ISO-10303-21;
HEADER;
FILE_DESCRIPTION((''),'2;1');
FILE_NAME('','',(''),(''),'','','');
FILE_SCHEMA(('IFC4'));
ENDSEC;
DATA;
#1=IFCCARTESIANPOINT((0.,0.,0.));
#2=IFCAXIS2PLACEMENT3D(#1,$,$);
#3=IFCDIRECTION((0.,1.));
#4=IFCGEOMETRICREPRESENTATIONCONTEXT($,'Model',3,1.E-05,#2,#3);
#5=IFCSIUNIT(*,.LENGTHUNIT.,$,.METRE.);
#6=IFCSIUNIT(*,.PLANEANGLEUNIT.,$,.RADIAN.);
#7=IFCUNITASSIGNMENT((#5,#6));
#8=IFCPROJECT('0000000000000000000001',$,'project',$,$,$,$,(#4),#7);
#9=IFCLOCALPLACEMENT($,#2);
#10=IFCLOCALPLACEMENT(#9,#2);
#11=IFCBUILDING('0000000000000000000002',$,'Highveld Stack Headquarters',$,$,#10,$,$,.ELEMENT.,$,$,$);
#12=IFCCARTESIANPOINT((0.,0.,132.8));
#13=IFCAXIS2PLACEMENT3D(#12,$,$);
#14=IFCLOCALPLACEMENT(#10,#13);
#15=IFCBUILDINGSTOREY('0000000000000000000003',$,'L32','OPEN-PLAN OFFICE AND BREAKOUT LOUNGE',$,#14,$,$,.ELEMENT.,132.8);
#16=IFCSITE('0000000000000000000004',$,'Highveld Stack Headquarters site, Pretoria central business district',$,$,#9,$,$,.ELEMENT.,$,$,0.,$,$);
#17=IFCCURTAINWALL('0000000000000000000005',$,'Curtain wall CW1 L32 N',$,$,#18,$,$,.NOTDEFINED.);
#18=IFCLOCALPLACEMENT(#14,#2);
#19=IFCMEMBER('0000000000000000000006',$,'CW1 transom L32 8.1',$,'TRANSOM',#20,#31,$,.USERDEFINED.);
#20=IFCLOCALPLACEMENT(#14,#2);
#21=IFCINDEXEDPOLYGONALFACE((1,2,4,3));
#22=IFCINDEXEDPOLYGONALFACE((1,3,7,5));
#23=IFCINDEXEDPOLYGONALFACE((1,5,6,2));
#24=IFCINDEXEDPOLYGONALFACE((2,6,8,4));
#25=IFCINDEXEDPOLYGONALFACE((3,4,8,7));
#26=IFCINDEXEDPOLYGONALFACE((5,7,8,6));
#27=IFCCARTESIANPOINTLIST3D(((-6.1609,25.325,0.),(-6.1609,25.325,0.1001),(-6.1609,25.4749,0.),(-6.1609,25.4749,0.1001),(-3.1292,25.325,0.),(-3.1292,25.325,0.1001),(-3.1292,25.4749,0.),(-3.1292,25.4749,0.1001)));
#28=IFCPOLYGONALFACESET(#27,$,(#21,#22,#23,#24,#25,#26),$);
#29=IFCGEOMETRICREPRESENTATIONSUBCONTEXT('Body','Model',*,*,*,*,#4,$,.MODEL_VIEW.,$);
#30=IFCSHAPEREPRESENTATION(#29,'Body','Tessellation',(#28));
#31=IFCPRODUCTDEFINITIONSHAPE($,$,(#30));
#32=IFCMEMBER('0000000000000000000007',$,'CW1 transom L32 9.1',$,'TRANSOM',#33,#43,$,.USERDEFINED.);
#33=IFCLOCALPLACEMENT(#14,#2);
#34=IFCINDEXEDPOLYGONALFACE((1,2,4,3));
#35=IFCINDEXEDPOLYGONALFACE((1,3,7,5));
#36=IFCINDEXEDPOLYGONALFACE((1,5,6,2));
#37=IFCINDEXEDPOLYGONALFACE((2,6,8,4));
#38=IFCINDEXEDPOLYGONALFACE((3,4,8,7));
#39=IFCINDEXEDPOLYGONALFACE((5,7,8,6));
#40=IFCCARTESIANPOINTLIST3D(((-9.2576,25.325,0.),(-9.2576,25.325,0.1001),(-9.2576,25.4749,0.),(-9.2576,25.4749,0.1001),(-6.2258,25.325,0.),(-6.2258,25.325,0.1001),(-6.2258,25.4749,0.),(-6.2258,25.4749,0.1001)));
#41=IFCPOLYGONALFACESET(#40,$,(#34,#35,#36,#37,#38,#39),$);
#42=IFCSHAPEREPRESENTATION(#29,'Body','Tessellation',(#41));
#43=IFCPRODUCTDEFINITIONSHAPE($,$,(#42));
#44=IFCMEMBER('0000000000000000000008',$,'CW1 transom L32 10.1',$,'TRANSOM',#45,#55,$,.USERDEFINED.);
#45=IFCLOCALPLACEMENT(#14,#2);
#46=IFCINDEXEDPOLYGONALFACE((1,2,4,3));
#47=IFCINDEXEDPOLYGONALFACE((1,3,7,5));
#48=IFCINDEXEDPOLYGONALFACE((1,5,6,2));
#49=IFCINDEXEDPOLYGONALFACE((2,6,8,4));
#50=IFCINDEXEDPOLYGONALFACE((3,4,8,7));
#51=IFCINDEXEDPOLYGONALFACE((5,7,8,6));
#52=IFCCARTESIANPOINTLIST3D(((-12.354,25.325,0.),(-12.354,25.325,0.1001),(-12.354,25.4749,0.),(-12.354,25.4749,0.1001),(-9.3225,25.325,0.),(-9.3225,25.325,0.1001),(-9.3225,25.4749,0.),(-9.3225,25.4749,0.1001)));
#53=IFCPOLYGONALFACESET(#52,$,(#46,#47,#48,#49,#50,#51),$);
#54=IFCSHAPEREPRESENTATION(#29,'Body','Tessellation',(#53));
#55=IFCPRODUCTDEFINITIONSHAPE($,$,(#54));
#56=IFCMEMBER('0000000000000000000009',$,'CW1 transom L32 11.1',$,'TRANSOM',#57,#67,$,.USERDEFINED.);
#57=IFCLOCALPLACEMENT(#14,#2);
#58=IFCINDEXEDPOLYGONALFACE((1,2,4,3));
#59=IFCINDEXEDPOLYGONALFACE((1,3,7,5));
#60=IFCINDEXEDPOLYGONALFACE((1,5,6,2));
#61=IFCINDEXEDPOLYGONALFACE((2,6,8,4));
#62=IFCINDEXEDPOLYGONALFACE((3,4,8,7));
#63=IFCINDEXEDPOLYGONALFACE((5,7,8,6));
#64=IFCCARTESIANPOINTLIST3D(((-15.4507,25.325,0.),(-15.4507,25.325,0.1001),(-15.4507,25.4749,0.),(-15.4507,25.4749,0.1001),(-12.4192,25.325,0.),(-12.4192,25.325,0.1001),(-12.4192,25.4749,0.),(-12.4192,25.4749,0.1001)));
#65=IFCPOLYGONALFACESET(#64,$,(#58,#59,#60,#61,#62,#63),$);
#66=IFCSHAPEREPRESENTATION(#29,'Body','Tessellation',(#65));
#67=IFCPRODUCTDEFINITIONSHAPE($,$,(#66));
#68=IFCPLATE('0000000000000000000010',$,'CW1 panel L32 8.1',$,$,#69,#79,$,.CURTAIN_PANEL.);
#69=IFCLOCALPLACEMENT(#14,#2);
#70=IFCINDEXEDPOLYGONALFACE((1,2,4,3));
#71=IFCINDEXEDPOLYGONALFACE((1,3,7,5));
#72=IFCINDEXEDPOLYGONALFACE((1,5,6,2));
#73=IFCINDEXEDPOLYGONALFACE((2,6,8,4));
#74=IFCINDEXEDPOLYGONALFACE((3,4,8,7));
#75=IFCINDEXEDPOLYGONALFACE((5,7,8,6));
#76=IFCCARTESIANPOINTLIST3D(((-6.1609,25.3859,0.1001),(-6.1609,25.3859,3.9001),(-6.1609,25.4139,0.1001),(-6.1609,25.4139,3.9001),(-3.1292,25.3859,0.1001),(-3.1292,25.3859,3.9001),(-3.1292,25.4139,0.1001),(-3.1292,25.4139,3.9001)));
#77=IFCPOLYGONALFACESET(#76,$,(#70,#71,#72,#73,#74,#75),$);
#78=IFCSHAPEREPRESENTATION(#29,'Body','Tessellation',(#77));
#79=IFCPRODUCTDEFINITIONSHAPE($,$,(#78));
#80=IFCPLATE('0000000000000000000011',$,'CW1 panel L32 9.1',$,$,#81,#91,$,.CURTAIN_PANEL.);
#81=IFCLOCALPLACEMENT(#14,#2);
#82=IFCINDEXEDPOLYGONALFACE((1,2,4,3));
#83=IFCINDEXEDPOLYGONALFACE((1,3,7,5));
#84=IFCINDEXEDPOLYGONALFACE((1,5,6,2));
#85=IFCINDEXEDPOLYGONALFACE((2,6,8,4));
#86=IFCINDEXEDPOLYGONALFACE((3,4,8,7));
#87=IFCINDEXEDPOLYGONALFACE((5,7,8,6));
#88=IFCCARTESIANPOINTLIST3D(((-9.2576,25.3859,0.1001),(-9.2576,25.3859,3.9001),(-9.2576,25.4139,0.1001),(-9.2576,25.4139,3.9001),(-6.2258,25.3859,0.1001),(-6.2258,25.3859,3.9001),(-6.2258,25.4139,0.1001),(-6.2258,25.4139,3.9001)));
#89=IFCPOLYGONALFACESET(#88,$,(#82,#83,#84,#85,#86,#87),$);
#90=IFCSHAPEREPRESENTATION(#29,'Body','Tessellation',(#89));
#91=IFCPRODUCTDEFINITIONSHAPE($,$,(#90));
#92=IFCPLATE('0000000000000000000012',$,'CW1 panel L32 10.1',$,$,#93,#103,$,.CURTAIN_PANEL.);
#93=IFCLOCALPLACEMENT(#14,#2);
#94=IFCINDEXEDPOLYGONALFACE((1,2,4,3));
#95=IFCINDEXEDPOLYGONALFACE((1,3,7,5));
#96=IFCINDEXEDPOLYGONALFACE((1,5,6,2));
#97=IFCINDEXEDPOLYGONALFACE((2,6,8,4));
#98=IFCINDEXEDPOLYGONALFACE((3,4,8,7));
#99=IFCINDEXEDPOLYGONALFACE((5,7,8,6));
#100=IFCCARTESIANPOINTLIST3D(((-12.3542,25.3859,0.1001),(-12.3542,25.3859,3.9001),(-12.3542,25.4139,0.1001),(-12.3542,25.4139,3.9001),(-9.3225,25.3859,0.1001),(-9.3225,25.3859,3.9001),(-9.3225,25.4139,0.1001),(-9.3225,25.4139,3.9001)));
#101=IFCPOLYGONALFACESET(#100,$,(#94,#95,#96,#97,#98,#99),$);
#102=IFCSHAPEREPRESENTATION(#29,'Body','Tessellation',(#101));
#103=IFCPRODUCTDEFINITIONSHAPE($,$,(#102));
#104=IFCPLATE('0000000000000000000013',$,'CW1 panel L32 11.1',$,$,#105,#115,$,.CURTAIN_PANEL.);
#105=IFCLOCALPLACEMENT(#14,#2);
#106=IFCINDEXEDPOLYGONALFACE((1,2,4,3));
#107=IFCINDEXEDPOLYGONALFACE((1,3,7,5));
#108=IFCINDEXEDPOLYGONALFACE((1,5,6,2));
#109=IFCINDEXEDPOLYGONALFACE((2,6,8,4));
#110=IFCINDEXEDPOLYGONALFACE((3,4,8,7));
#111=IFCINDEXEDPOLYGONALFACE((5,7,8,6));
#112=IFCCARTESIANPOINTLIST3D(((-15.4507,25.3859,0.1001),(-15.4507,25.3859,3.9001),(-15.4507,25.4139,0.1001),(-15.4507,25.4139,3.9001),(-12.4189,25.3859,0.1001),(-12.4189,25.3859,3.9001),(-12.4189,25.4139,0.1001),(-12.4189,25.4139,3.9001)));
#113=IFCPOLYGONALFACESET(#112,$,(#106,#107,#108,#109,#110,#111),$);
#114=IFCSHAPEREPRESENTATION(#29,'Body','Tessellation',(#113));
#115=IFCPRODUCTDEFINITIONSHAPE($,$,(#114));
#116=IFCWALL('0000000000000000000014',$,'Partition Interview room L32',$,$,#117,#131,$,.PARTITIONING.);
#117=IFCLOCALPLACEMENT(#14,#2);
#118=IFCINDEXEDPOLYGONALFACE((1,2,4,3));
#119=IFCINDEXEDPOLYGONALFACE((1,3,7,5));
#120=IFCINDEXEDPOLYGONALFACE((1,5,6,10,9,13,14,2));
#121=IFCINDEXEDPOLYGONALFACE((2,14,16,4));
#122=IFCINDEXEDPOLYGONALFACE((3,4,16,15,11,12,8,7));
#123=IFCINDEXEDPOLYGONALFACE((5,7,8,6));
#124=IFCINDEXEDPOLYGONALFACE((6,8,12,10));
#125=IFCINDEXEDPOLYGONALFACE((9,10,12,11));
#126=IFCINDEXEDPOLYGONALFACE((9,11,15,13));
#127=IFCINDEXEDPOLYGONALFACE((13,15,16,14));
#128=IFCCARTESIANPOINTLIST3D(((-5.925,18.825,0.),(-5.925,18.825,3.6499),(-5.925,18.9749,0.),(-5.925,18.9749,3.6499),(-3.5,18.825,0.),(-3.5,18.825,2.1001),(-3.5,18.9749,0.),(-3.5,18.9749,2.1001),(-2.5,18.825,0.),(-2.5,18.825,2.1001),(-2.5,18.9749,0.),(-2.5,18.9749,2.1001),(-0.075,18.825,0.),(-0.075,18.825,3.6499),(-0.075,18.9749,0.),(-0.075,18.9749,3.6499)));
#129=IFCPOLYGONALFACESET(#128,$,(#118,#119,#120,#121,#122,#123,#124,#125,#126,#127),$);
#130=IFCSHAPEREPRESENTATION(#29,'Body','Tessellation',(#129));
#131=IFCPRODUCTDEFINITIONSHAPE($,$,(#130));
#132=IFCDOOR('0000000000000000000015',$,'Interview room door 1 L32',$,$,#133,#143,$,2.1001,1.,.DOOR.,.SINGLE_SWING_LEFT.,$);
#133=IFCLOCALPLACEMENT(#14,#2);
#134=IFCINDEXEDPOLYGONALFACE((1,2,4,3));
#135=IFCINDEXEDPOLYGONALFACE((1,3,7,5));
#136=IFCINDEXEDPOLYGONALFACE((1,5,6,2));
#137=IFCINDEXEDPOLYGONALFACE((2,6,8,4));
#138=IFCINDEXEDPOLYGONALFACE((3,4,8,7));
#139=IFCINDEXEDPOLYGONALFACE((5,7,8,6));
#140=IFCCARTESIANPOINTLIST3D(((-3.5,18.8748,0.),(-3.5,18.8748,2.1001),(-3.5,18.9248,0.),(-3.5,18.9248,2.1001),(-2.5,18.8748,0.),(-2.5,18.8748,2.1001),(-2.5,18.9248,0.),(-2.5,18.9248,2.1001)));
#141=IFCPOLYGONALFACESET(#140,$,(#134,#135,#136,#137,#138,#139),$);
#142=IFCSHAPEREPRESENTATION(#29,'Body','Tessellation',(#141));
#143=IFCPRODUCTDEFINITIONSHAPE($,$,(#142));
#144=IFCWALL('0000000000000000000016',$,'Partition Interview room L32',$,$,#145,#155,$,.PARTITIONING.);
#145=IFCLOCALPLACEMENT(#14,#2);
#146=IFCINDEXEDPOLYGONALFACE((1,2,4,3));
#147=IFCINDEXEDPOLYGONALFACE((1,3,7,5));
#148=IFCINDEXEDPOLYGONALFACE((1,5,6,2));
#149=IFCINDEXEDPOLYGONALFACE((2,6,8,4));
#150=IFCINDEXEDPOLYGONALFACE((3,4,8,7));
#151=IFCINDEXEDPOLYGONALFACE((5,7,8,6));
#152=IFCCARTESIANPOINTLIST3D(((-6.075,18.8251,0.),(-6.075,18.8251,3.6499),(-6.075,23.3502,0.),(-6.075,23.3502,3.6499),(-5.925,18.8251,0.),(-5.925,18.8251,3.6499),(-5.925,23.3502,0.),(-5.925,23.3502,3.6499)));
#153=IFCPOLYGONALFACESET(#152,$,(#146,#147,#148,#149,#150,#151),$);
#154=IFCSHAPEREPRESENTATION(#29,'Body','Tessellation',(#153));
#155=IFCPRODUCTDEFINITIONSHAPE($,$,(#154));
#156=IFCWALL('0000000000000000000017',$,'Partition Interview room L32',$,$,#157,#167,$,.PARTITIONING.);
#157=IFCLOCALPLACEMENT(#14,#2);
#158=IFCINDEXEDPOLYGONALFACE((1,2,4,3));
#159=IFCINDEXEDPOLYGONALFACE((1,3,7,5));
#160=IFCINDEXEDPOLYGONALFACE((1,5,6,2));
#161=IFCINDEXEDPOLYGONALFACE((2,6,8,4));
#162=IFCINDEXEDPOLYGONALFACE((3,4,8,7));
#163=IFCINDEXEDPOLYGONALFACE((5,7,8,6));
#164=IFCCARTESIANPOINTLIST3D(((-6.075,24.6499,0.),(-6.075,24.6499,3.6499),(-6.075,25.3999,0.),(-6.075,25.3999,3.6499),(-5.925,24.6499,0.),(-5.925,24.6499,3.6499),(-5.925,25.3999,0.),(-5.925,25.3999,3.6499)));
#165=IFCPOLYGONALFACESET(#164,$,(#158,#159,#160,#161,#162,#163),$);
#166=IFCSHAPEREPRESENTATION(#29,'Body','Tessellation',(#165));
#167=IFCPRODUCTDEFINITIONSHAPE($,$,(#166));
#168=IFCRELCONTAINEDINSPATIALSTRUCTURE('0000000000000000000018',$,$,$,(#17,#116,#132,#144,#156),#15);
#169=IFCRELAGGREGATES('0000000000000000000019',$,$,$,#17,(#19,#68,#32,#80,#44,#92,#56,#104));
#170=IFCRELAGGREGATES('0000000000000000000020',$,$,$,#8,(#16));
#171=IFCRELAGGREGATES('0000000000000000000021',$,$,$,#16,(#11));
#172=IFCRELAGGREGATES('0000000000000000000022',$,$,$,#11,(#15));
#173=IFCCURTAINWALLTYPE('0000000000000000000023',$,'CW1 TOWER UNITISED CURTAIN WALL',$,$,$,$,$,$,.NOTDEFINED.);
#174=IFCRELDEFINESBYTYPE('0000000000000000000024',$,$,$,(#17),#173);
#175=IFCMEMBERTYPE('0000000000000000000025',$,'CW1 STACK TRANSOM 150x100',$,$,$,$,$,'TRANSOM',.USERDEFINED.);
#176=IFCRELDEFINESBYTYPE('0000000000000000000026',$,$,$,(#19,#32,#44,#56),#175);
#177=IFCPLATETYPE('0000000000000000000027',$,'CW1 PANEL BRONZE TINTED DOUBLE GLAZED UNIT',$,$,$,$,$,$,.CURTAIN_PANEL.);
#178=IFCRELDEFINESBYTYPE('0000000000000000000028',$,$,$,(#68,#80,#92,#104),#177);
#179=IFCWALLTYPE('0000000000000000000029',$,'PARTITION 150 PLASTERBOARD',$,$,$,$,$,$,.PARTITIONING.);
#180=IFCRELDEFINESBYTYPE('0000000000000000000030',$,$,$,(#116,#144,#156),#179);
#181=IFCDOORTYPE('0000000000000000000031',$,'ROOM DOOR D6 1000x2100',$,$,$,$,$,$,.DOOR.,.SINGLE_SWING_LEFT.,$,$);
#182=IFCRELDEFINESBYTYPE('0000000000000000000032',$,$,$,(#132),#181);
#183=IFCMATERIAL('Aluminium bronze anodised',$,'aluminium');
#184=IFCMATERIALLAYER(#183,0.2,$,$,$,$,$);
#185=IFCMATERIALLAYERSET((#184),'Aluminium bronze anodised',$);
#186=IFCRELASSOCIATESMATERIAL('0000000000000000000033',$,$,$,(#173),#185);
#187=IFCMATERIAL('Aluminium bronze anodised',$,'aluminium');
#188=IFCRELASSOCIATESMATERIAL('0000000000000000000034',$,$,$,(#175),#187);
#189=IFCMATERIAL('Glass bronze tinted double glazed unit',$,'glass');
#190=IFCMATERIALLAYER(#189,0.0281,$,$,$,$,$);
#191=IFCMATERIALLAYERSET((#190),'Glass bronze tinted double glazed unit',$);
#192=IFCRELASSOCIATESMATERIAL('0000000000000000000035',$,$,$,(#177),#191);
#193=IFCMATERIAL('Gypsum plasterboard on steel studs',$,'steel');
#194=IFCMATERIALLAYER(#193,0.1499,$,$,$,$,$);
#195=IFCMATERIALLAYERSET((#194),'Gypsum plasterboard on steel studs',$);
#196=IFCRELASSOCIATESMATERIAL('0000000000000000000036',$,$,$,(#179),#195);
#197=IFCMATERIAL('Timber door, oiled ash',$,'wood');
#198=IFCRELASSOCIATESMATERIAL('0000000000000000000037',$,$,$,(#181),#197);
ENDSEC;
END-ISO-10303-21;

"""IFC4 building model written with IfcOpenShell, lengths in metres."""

from ifc_helpers import new_model, si_unit, direction, frame, frame_2d, origin, origin_2d, place, context, subcontext, project, spatial, rectangle, extrude, material, layer, layer_set, material_profile, profile_set, type_object, element, fill, aggregate, save


model = new_model("IFC4")

# Units and contexts
model_context = context("Model", 3, precision=1e-05, world=origin(), true_north=direction((0.0, 1.0)))
body_context = subcontext(model_context, "Body", "Model", "MODEL_VIEW")
ifc_project = project(units=[si_unit("LENGTHUNIT", "METRE"), si_unit("PLANEANGLEUNIT", "RADIAN")], contexts=[model_context])

# Site, building, storey
site_placement = place(None, origin())
site = spatial("IfcSite", under=ifc_project, at=site_placement, Name="Highveld Stack Headquarters site, Pretoria central business district", CompositionType="ELEMENT", RefElevation=0.0)
building_placement = place(site_placement, origin())
building = spatial("IfcBuilding", under=site, at=building_placement, Name="Highveld Stack Headquarters", CompositionType="ELEMENT")
storey_placement = place(building_placement, frame((0.0, 0.0, 132.8)))
storey = spatial("IfcBuildingStorey", under=building, at=storey_placement, Name="L32", Description="OPEN-PLAN OFFICE AND BREAKOUT LOUNGE", CompositionType="ELEMENT", Elevation=132.8)

# Curtain wall, members, plates
ifc_material_1 = material(Name="Aluminium bronze anodised", Category="aluminium")
ifc_layer_1 = layer(ifc_material_1, 0.2)
ifc_layer_set_1 = layer_set([ifc_layer_1], Name="Aluminium bronze anodised")
curtain_wall_type = type_object("IfcCurtainWallType", Name="CW1 TOWER UNITISED CURTAIN WALL", PredefinedType="NOTDEFINED", material=ifc_layer_set_1)
curtain_wall_placement = place(storey_placement, origin())
curtain_wall = element("IfcCurtainWall", 1, at=curtain_wall_placement, inside=storey, type_object=curtain_wall_type, Name="Curtain wall CW1 L32 N", PredefinedType="NOTDEFINED")
ifc_material_2 = material(Name="Aluminium bronze anodised", Category="aluminium")
ifc_material_profile_1 = material_profile(ifc_material_2, rectangle(XDim=0.1499, YDim=0.1001, at=origin_2d()), Name="CW1 TRANSOM 150x100")
ifc_profile_set_1 = profile_set([ifc_material_profile_1], Name="Aluminium bronze anodised")
member_type_1 = type_object("IfcMemberType", Name="CW1 STACK TRANSOM 150x100", ElementType="TRANSOM", PredefinedType="USERDEFINED", material=ifc_profile_set_1)
member_1_placement = place(storey_placement, frame((-3.1292, 25.3999, 0.05), z_axis=(-1.0, 0.0, 0.0), x_axis=(0.0, -1.0, 0.0)))
member_1 = element("IfcMember", 2, at=member_1_placement, type_object=member_type_1, Name="CW1 transom L32 8.1", ObjectType="TRANSOM", PredefinedType="USERDEFINED", context=body_context, shape_type="SweptSolid", body=[
    extrude(rectangle(XDim=0.1499, YDim=0.1001, at=origin_2d()), origin(), (0.0, 0.0, 1.0), 3.0317),
])
member_2_placement = place(storey_placement, frame((-6.2258, 25.3999, 0.05), z_axis=(-1.0, 0.0, 0.0), x_axis=(0.0, -1.0, 0.0)))
member_2 = element("IfcMember", 3, at=member_2_placement, type_object=member_type_1, Name="CW1 transom L32 9.1", ObjectType="TRANSOM", PredefinedType="USERDEFINED", context=body_context, shape_type="SweptSolid", body=[
    extrude(rectangle(XDim=0.1499, YDim=0.1001, at=origin_2d()), origin(), (0.0, 0.0, 1.0), 3.0317),
])
member_3_placement = place(storey_placement, frame((-9.3225, 25.3999, 0.05), z_axis=(-1.0, 0.0, 0.0), x_axis=(0.0, -1.0, 0.0)))
member_3 = element("IfcMember", 4, at=member_3_placement, type_object=member_type_1, Name="CW1 transom L32 10.1", ObjectType="TRANSOM", PredefinedType="USERDEFINED", context=body_context, shape_type="SweptSolid", body=[
    extrude(rectangle(XDim=0.1499, YDim=0.1001, at=origin_2d()), origin(), (0.0, 0.0, 1.0), 3.0315),
])
member_4_placement = place(storey_placement, frame((-12.4192, 25.3999, 0.05), z_axis=(-1.0, 0.0, 0.0), x_axis=(0.0, -1.0, 0.0)))
member_4 = element("IfcMember", 5, at=member_4_placement, type_object=member_type_1, Name="CW1 transom L32 11.1", ObjectType="TRANSOM", PredefinedType="USERDEFINED", context=body_context, shape_type="SweptSolid", body=[
    extrude(rectangle(XDim=0.1499, YDim=0.1001, at=origin_2d()), origin(), (0.0, 0.0, 1.0), 3.0315),
])
ifc_material_3 = material(Name="Glass bronze tinted double glazed unit", Category="glass")
ifc_layer_2 = layer(ifc_material_3, 0.0281)
ifc_layer_set_2 = layer_set([ifc_layer_2], Name="Glass bronze tinted double glazed unit")
plate_type = type_object("IfcPlateType", Name="CW1 PANEL BRONZE TINTED DOUBLE GLAZED UNIT", PredefinedType="CURTAIN_PANEL", material=ifc_layer_set_2)
plate_1_placement = place(storey_placement, frame((-4.645, 25.3999, 0.1001), z_axis=(0.0, 0.0, 1.0), x_axis=(-1.0, 0.0, 0.0)))
plate_1 = element("IfcPlate", 6, at=plate_1_placement, type_object=plate_type, Name="CW1 panel L32 8.1", PredefinedType="CURTAIN_PANEL", context=body_context, shape_type="SweptSolid", body=[
    extrude(rectangle(XDim=3.0317, YDim=0.0281, at=origin_2d()), origin(), (0.0, 0.0, 1.0), 3.8),
])
plate_2_placement = place(storey_placement, frame((-7.7417, 25.3999, 0.1001), z_axis=(0.0, 0.0, 1.0), x_axis=(-1.0, 0.0, 0.0)))
plate_2 = element("IfcPlate", 7, at=plate_2_placement, type_object=plate_type, Name="CW1 panel L32 9.1", PredefinedType="CURTAIN_PANEL", context=body_context, shape_type="SweptSolid", body=[
    extrude(rectangle(XDim=3.0317, YDim=0.0281, at=origin_2d()), origin(), (0.0, 0.0, 1.0), 3.8),
])
plate_3_placement = place(storey_placement, frame((-10.8384, 25.3999, 0.1001), z_axis=(0.0, 0.0, 1.0), x_axis=(-1.0, 0.0, 0.0)))
plate_3 = element("IfcPlate", 8, at=plate_3_placement, type_object=plate_type, Name="CW1 panel L32 10.1", PredefinedType="CURTAIN_PANEL", context=body_context, shape_type="SweptSolid", body=[
    extrude(rectangle(XDim=3.0317, YDim=0.0281, at=origin_2d()), origin(), (0.0, 0.0, 1.0), 3.8),
])
plate_4_placement = place(storey_placement, frame((-13.9348, 25.3999, 0.1001), z_axis=(0.0, 0.0, 1.0), x_axis=(-1.0, 0.0, 0.0)))
plate_4 = element("IfcPlate", 9, at=plate_4_placement, type_object=plate_type, Name="CW1 panel L32 11.1", PredefinedType="CURTAIN_PANEL", context=body_context, shape_type="SweptSolid", body=[
    extrude(rectangle(XDim=3.0317, YDim=0.0281, at=origin_2d()), origin(), (0.0, 0.0, 1.0), 3.8),
])
aggregate(curtain_wall, [member_1, plate_1, member_2, plate_2, member_3, plate_3, member_4, plate_4])

# Wall, opening, door
ifc_material_4 = material(Name="Gypsum plasterboard on steel studs", Category="steel")
ifc_layer_3 = layer(ifc_material_4, 0.1499)
ifc_layer_set_3 = layer_set([ifc_layer_3], Name="Gypsum plasterboard on steel studs")
wall_type = type_object("IfcWallType", Name="PARTITION 150 PLASTERBOARD", PredefinedType="PARTITIONING", material=ifc_layer_set_3)
wall_1_placement = place(storey_placement, frame((-5.925, 18.8999, 0.0), z_axis=(0.0, 0.0, 1.0), x_axis=(1.0, 0.0, 0.0)))
wall_1 = element("IfcWall", 10, at=wall_1_placement, inside=storey, type_object=wall_type, Name="Partition Interview room L32", PredefinedType="PARTITIONING", context=body_context, shape_type="SweptSolid", body=[
    extrude(rectangle(XDim=5.8501, YDim=0.1499, at=frame_2d((2.925, 0.0))), origin(), (0.0, 0.0, 1.0), 3.6499),
])
opening_1_placement = place(wall_1_placement, frame((2.425, 0.0, 0.0)))
opening_1 = element("IfcOpeningElement", 11, at=opening_1_placement, cuts=wall_1, PredefinedType="OPENING", context=body_context, shape_type="SweptSolid", body=[
    extrude(rectangle(XDim=1.0, YDim=2.1001, at=frame_2d((0.5, 1.05))), frame((0.0, 0.085, 0.0), z_axis=(0.0, -1.0, 0.0), x_axis=(1.0, 0.0, 0.0)), (0.0, 0.0, 1.0), 0.1699),
])
ifc_material_5 = material(Name="Timber door, oiled ash", Category="wood")
door_type = type_object("IfcDoorType", Name="ROOM DOOR D6 1000x2100", OperationType="SINGLE_SWING_LEFT", PredefinedType="DOOR", material=ifc_material_5)
door_1_placement = place(opening_1_placement, origin())
door_1 = element("IfcDoor", 12, at=door_1_placement, inside=storey, type_object=door_type, Name="Interview room door 1 L32", OperationType="SINGLE_SWING_LEFT", OverallHeight=2.1001, OverallWidth=1.0, PredefinedType="DOOR", context=body_context, shape_type="SweptSolid", body=[
    extrude(rectangle(XDim=1.0, YDim=2.1001, at=frame_2d((0.5, 1.05))), frame((0.0, 0.0249, 0.0), z_axis=(0.0, -1.0, 0.0), x_axis=(1.0, 0.0, 0.0)), (0.0, 0.0, 1.0), 0.05),
])
fill(opening_1, door_1)

# Walls
wall_2_placement = place(storey_placement, frame((-6.0, 18.825, 0.0), z_axis=(0.0, 0.0, 1.0), x_axis=(0.0, 1.0, 0.0)))
element("IfcWall", 13, at=wall_2_placement, inside=storey, type_object=wall_type, Name="Partition Interview room L32", PredefinedType="PARTITIONING", context=body_context, shape_type="SweptSolid", body=[
    extrude(rectangle(XDim=4.5251, YDim=0.1499, at=frame_2d((2.2627, 0.0))), origin(), (0.0, 0.0, 1.0), 3.6499),
])
wall_3_placement = place(storey_placement, frame((-6.0, 24.6499, 0.0), z_axis=(0.0, 0.0, 1.0), x_axis=(0.0, 1.0, 0.0)))
element("IfcWall", 14, at=wall_3_placement, inside=storey, type_object=wall_type, Name="Partition Interview room L32", PredefinedType="PARTITIONING", context=body_context, shape_type="SweptSolid", body=[
    extrude(rectangle(XDim=0.75, YDim=0.1499, at=frame_2d((0.375, 0.0))), origin(), (0.0, 0.0, 1.0), 3.6499),
])

save(model, "model.ifc")
